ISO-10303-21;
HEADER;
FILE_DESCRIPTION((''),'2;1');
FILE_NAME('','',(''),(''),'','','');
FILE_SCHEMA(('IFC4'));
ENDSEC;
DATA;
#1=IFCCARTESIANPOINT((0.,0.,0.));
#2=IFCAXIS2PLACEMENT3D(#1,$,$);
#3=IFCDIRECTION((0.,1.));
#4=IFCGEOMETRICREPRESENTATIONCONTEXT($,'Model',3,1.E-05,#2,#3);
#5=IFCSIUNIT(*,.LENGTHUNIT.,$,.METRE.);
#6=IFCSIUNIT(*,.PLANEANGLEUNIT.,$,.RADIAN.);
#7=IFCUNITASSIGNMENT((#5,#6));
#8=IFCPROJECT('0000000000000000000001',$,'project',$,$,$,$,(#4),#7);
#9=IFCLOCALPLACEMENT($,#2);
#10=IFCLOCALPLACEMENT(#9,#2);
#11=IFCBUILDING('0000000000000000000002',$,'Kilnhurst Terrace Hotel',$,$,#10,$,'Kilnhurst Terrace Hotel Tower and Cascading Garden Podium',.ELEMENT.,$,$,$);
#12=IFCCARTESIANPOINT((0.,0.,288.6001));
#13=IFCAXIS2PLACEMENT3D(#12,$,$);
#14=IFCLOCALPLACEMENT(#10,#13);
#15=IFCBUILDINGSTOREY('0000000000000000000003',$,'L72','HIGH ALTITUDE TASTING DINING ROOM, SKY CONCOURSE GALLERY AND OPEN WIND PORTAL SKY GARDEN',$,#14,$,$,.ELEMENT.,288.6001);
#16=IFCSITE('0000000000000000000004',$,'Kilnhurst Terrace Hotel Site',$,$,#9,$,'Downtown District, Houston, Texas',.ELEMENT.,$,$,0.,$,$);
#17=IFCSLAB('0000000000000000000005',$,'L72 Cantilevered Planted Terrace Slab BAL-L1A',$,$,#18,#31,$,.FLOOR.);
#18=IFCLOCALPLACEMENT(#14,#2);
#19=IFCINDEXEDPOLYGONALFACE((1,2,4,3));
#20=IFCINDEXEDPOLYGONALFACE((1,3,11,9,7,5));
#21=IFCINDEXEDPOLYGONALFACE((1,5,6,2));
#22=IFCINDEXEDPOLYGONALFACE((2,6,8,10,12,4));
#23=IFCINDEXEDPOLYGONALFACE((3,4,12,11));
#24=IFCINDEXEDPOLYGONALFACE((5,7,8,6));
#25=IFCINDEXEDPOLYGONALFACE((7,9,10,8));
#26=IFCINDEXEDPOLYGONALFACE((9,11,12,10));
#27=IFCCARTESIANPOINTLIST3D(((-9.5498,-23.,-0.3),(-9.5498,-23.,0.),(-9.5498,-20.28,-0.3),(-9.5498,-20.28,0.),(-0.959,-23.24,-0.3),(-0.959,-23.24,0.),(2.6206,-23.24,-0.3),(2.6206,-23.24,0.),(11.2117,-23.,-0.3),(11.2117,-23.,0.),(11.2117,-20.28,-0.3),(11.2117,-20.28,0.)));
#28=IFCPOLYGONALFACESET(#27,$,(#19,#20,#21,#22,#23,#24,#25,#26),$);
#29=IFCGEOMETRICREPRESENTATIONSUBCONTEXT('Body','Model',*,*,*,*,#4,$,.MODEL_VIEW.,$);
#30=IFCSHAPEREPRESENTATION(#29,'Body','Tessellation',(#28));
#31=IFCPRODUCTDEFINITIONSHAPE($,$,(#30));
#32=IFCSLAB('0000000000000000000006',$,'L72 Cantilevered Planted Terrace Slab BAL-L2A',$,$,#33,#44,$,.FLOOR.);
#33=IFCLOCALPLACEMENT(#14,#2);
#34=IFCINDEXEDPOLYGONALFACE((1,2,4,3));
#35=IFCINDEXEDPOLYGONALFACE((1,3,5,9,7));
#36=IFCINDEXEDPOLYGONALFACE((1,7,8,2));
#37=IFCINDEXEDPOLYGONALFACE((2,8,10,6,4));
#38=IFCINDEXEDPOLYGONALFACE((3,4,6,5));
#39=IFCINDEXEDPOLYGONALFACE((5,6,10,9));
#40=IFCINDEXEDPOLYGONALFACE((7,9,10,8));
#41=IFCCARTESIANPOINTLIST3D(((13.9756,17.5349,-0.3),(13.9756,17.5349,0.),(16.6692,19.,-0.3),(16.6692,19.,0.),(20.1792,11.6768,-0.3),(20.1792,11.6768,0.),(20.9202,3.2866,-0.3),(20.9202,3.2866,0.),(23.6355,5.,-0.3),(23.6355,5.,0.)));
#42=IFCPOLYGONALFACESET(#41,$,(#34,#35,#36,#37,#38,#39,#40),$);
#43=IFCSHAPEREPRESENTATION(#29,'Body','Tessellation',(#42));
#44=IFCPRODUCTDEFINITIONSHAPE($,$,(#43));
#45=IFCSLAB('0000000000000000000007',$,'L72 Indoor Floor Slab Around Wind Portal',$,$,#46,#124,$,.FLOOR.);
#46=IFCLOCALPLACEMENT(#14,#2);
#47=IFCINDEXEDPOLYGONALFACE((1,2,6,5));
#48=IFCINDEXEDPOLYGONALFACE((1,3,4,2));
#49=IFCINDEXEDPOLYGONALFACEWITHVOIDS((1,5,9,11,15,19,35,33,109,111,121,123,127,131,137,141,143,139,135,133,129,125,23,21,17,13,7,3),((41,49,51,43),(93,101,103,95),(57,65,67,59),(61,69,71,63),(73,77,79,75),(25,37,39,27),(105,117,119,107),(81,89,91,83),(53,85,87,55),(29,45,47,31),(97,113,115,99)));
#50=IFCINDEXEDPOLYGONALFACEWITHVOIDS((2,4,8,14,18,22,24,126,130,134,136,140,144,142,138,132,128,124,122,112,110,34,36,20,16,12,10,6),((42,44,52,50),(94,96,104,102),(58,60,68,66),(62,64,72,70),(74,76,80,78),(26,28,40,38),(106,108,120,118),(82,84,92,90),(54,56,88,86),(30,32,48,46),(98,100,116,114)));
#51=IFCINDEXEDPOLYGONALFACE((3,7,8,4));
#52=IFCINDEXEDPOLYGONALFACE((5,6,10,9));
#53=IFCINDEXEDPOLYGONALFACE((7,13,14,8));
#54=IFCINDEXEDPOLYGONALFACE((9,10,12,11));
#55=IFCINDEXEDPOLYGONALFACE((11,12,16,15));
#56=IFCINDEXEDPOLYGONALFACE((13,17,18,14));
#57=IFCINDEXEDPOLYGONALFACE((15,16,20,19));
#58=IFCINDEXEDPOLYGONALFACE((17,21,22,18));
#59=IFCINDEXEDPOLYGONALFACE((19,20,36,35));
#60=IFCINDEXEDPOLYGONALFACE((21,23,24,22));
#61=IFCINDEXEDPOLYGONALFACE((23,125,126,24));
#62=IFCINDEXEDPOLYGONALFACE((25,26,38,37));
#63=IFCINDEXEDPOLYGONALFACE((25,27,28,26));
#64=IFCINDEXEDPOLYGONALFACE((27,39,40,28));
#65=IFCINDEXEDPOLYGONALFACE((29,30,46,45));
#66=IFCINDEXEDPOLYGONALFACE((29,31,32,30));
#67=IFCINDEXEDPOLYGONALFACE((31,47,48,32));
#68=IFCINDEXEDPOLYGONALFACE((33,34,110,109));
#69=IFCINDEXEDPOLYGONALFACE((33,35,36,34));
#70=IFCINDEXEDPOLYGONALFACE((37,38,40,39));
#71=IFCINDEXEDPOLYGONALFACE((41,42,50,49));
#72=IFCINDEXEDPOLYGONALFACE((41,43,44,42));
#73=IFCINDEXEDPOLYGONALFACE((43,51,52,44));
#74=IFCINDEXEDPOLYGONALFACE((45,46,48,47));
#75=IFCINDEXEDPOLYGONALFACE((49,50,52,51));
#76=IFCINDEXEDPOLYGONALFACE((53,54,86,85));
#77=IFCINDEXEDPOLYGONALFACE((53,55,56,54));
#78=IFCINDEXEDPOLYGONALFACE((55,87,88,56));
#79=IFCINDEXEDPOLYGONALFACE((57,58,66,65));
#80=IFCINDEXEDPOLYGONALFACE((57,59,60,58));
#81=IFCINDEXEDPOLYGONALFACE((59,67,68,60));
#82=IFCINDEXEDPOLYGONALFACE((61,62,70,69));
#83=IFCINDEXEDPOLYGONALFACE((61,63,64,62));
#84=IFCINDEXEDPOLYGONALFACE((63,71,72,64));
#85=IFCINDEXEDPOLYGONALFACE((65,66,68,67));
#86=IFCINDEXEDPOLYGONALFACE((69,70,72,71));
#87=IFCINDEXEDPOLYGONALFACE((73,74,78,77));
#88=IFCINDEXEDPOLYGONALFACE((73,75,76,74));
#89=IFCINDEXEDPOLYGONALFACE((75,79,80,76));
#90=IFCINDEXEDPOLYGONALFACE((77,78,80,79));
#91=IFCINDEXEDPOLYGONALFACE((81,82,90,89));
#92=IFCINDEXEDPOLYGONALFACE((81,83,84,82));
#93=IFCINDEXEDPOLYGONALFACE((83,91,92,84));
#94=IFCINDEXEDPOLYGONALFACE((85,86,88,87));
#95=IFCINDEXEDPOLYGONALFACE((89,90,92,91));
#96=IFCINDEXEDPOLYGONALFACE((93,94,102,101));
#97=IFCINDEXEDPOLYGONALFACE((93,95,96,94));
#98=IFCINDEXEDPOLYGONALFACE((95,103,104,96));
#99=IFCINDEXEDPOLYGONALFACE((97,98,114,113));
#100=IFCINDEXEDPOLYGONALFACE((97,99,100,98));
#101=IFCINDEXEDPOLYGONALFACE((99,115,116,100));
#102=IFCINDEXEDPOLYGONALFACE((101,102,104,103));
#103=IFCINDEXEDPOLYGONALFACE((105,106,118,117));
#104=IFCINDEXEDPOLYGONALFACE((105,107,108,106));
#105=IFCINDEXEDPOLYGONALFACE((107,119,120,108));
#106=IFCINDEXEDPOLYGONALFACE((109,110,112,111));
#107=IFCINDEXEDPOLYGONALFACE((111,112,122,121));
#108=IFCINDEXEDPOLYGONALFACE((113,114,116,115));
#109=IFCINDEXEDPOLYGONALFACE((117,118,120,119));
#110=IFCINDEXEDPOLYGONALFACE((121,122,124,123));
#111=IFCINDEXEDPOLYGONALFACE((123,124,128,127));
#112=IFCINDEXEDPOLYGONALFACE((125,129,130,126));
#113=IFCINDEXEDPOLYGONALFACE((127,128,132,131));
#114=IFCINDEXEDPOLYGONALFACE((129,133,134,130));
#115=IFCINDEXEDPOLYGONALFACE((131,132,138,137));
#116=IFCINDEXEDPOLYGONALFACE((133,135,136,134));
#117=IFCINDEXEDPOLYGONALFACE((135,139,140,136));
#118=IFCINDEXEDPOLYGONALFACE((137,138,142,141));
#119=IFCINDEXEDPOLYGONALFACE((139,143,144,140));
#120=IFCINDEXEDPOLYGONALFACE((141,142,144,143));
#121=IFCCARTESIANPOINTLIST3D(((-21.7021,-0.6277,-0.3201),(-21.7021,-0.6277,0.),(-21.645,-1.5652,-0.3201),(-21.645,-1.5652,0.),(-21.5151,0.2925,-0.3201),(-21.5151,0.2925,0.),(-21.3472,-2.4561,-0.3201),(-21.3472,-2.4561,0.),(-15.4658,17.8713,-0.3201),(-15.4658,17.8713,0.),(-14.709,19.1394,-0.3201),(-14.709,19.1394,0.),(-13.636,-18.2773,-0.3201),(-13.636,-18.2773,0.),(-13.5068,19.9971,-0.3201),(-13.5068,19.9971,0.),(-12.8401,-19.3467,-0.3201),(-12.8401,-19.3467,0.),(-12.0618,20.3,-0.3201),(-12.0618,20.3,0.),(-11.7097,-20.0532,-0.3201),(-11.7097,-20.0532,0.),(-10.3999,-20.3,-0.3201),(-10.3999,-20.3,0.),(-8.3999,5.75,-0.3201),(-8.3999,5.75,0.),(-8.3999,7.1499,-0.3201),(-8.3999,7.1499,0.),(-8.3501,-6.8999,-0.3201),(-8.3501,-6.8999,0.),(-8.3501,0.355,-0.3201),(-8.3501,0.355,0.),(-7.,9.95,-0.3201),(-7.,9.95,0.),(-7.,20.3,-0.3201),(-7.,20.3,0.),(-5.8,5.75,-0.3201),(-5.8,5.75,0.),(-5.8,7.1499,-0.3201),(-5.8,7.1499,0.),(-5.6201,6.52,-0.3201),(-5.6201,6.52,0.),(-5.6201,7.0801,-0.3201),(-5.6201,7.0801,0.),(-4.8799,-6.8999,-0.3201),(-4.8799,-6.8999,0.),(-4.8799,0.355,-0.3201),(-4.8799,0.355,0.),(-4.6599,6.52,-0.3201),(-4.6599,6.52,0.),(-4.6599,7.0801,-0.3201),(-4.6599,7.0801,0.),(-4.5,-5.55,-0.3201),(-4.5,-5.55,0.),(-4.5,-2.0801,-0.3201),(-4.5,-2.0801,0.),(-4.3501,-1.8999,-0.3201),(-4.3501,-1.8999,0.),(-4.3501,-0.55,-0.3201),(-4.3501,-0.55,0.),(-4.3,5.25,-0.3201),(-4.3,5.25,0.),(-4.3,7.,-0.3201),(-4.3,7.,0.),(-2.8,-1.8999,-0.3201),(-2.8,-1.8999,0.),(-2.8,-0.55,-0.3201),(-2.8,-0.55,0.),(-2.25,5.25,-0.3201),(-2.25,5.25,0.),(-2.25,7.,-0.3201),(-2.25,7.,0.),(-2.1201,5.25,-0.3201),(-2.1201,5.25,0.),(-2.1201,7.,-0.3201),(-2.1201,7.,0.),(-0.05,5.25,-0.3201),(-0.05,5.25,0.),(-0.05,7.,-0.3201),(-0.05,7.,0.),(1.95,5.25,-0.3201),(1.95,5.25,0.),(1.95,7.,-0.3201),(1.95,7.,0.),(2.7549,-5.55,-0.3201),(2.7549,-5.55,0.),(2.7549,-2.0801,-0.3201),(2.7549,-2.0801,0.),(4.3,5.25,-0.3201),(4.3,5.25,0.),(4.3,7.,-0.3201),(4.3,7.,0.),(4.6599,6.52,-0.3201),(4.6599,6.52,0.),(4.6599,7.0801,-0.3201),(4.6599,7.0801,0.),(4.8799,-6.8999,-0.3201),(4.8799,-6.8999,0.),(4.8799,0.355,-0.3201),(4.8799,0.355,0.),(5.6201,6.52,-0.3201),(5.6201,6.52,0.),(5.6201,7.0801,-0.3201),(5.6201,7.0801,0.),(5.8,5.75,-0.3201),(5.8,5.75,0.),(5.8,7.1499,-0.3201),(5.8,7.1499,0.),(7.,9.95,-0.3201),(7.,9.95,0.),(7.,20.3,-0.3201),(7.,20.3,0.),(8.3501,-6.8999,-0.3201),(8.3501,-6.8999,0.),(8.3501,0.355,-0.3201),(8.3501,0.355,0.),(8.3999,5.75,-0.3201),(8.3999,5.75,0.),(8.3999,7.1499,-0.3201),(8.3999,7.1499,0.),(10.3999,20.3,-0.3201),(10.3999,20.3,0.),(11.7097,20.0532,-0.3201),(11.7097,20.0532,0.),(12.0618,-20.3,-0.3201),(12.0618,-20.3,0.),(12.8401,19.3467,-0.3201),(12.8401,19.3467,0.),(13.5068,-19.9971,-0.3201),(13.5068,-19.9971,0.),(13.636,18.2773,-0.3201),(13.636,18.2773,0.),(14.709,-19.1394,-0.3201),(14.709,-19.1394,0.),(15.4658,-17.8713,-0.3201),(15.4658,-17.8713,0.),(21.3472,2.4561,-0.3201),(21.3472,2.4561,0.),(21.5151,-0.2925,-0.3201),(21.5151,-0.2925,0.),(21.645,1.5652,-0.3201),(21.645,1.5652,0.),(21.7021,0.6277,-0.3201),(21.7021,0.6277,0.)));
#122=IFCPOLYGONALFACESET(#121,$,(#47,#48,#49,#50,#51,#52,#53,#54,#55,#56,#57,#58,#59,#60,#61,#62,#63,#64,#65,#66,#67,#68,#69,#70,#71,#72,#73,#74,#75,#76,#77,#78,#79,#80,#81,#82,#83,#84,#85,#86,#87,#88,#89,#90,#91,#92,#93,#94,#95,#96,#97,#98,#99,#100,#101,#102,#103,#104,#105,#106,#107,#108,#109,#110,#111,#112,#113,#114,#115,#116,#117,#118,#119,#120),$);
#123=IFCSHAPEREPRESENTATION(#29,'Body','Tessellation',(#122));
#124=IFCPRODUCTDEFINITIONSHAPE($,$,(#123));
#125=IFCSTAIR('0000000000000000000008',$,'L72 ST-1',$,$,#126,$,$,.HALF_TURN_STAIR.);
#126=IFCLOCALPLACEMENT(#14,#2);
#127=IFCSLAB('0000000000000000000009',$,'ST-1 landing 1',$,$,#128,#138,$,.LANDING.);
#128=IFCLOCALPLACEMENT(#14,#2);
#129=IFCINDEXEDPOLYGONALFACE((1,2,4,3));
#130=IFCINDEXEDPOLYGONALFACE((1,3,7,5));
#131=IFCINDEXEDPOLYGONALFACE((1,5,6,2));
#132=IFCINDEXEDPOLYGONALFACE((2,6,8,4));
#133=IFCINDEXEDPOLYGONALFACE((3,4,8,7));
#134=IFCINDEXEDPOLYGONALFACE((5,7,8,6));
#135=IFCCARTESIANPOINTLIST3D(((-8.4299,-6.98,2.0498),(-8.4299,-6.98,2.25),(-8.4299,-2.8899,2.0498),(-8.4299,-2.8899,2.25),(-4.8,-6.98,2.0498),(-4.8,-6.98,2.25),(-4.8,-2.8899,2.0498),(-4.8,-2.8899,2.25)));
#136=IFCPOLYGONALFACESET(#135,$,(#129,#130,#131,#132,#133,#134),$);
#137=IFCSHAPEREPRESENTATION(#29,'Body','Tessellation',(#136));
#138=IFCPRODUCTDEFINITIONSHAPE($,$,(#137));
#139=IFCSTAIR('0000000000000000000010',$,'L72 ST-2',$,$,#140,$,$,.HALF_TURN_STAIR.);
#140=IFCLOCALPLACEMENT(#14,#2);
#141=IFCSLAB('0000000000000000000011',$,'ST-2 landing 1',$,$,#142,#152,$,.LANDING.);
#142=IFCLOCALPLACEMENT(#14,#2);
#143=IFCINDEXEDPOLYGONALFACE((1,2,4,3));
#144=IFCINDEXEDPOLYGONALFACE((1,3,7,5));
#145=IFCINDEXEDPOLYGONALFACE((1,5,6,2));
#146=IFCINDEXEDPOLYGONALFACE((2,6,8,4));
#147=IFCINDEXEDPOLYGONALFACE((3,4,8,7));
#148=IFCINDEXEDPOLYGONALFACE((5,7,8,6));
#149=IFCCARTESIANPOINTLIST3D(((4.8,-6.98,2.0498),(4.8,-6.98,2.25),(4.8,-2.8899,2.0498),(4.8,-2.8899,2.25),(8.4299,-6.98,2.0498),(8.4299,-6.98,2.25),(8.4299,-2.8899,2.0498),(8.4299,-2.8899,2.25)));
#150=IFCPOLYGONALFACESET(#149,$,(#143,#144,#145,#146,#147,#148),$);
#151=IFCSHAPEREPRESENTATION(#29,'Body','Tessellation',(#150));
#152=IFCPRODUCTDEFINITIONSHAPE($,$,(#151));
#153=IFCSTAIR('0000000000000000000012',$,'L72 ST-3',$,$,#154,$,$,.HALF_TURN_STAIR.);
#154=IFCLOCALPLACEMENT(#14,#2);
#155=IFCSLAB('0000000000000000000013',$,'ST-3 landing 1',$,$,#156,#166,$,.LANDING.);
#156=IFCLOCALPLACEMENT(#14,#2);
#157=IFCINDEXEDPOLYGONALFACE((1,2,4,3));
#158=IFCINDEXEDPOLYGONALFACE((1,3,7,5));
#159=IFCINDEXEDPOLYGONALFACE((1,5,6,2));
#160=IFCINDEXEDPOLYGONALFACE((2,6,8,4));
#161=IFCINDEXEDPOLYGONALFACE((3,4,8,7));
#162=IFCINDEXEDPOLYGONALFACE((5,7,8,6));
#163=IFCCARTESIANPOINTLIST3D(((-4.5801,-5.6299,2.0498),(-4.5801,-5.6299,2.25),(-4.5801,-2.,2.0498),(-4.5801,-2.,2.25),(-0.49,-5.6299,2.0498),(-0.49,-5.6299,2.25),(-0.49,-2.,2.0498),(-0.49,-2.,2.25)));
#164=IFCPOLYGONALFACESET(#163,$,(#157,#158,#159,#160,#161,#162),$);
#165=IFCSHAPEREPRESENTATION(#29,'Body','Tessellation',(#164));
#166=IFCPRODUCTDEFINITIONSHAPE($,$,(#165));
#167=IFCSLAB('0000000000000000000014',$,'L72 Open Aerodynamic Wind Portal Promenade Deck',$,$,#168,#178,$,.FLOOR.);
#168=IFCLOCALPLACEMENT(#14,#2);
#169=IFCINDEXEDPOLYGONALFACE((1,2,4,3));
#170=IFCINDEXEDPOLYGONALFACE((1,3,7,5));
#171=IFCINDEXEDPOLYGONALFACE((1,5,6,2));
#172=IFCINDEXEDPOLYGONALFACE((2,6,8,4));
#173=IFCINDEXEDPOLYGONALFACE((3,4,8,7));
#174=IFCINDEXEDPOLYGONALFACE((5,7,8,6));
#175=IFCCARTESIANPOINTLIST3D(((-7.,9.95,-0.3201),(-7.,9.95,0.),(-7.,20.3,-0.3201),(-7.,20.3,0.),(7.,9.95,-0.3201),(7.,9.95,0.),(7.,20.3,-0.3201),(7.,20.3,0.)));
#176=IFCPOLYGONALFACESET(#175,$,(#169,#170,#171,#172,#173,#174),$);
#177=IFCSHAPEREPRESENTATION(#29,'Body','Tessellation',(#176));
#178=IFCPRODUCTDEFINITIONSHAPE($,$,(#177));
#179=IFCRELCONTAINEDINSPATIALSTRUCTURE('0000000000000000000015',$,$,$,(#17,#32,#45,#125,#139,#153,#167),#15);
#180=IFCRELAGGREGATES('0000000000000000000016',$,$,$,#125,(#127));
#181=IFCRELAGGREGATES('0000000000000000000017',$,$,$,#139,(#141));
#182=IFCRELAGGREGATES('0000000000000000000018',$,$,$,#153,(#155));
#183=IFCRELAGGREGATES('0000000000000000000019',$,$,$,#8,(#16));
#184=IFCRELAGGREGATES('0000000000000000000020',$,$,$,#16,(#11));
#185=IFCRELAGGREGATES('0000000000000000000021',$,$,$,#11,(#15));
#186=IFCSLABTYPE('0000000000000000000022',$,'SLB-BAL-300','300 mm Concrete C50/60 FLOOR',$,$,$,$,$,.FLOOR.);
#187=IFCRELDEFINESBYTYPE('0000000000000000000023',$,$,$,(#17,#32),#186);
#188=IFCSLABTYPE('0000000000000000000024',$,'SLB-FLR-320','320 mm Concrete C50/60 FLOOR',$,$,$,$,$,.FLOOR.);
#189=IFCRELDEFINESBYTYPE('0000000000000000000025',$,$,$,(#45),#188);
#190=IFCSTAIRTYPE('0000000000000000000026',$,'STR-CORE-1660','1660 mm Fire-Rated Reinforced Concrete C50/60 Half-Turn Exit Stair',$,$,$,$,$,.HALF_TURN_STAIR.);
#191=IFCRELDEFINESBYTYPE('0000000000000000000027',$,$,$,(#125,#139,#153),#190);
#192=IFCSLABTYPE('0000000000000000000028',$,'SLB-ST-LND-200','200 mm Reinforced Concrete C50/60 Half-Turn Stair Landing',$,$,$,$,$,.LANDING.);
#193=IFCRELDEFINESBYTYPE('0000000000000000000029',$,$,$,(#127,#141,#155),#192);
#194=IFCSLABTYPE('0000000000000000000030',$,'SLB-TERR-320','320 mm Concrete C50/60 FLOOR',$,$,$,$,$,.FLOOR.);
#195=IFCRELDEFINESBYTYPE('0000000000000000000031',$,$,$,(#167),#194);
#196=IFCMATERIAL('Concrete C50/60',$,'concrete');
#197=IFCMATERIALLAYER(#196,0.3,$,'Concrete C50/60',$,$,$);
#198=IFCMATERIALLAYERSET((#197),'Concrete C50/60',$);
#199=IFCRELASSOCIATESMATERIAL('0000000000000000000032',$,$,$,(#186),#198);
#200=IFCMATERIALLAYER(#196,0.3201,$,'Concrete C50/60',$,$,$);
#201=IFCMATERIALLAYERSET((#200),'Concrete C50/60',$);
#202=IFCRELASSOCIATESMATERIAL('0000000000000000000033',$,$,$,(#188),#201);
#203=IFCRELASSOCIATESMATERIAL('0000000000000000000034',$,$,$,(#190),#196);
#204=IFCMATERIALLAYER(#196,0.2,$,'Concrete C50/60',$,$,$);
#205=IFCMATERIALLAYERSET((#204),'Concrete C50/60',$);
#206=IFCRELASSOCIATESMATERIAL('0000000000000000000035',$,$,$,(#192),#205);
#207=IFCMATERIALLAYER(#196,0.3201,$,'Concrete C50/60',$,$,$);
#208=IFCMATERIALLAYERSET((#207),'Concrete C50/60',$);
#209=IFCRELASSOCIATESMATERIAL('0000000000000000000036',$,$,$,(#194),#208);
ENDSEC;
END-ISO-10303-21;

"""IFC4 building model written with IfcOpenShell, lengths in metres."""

from ifc_helpers import new_model, si_unit, direction, frame, origin, place, context, subcontext, project, spatial, polyline, outline, extrude, material, layer, layer_set, type_object, element, aggregate, save


model = new_model("IFC4")

# Units and contexts
model_context = context("Model", 3, precision=1e-05, world=origin(), true_north=direction((0.0, 1.0)))
body_context = subcontext(model_context, "Body", "Model", "MODEL_VIEW")
ifc_project = project(units=[si_unit("LENGTHUNIT", "METRE"), si_unit("PLANEANGLEUNIT", "RADIAN")], contexts=[model_context])

# Site, building, storey
site_placement = place(None, origin())
site = spatial("IfcSite", under=ifc_project, at=site_placement, Name="Kilnhurst Terrace Hotel Site", LongName="Downtown District, Houston, Texas", CompositionType="ELEMENT", RefElevation=0.0)
building_placement = place(site_placement, origin())
building = spatial("IfcBuilding", under=site, at=building_placement, Name="Kilnhurst Terrace Hotel", LongName="Kilnhurst Terrace Hotel Tower and Cascading Garden Podium", CompositionType="ELEMENT")
storey_placement = place(building_placement, frame((0.0, 0.0, 288.6001)))
storey = spatial("IfcBuildingStorey", under=building, at=storey_placement, Name="L72", Description="HIGH ALTITUDE TASTING DINING ROOM, SKY CONCOURSE GALLERY AND OPEN WIND PORTAL SKY GARDEN", CompositionType="ELEMENT", Elevation=288.6001)

# Slabs
ifc_material_1 = material(Name="Concrete C50/60", Category="concrete")
ifc_layer_1 = layer(ifc_material_1, 0.3, Name="Concrete C50/60")
ifc_layer_set_1 = layer_set([ifc_layer_1], Name="Concrete C50/60")
slab_type_1 = type_object("IfcSlabType", Name="SLB-BAL-300", Description="300 mm Concrete C50/60 FLOOR", PredefinedType="FLOOR", material=ifc_layer_set_1)
slab_1_placement = place(storey_placement, frame((0.0, 0.0, -0.3)))
element("IfcSlab", 1, at=slab_1_placement, inside=storey, type_object=slab_type_1, Name="L72 Cantilevered Planted Terrace Slab BAL-L1A", PredefinedType="FLOOR", context=body_context, shape_type="SweptSolid", body=[
    extrude(outline(polyline([(2.6206, -23.24), (-0.959, -23.24), (-9.5498, -23.0), (-9.5498, -20.28), (11.2117, -20.28), (11.2117, -23.0), (2.6206, -23.24)])), origin(), (0.0, 0.0, 1.0), 0.3),
])
slab_2_placement = place(storey_placement, frame((0.0, 0.0, -0.3)))
element("IfcSlab", 2, at=slab_2_placement, inside=storey, type_object=slab_type_1, Name="L72 Cantilevered Planted Terrace Slab BAL-L2A", PredefinedType="FLOOR", context=body_context, shape_type="SweptSolid", body=[
    extrude(outline(polyline([(23.6355, 5.0), (20.9202, 3.2866), (13.9756, 17.5349), (16.6692, 19.0), (20.1792, 11.6768), (23.6355, 5.0)])), origin(), (0.0, 0.0, 1.0), 0.3),
])
ifc_layer_2 = layer(ifc_material_1, 0.3201, Name="Concrete C50/60")
ifc_layer_set_2 = layer_set([ifc_layer_2], Name="Concrete C50/60")
slab_type_2 = type_object("IfcSlabType", Name="SLB-FLR-320", Description="320 mm Concrete C50/60 FLOOR", PredefinedType="FLOOR", material=ifc_layer_set_2)
slab_3_placement = place(storey_placement, frame((0.0, 0.0, -0.3201)))
element("IfcSlab", 3, at=slab_3_placement, inside=storey, type_object=slab_type_2, Name="L72 Indoor Floor Slab Around Wind Portal", PredefinedType="FLOOR", context=body_context, shape_type="SweptSolid", body=[
    extrude(outline(polyline([(10.3999, 20.3), (11.7097, 20.0532), (12.8401, 19.3467), (13.636, 18.2773), (21.3472, 2.4561), (21.645, 1.5652), (21.7021, 0.6277), (21.5151, -0.2925), (15.4658, -17.8713), (14.709, -19.1394), (13.5068, -19.9971), (12.0618, -20.3), (-10.3999, -20.3), (-11.7097, -20.0532), (-12.8401, -19.3467), (-13.636, -18.2773), (-21.3472, -2.4561), (-21.645, -1.5652), (-21.7021, -0.6277), (-21.5151, 0.2925), (-15.4658, 17.8713), (-14.709, 19.1394), (-13.5068, 19.9971), (-12.0618, 20.3), (-7.0, 20.3), (-7.0, 9.95), (7.0, 9.95), (7.0, 20.3), (10.3999, 20.3)]), holes=[polyline([(-4.8799, 0.355), (-4.8799, -6.8999), (-8.3501, -6.8999), (-8.3501, 0.355), (-4.8799, 0.355)]), polyline([(-4.3501, -1.8999), (-4.3501, -0.55), (-2.8, -0.55), (-2.8, -1.8999), (-4.3501, -1.8999)]), polyline([(-4.3, 5.25), (-4.3, 7.0), (-2.25, 7.0), (-2.25, 5.25), (-4.3, 5.25)]), polyline([(-2.1201, 7.0), (-0.05, 7.0), (-0.05, 5.25), (-2.1201, 5.25), (-2.1201, 7.0)]), polyline([(-8.3999, 7.1499), (-5.8, 7.1499), (-5.8, 5.75), (-8.3999, 5.75), (-8.3999, 7.1499)]), polyline([(-5.6201, 6.52), (-5.6201, 7.0801), (-4.6599, 7.0801), (-4.6599, 6.52), (-5.6201, 6.52)]), polyline([(-4.5, -5.55), (-4.5, -2.0801), (2.7549, -2.0801), (2.7549, -5.55), (-4.5, -5.55)]), polyline([(8.3501, -6.8999), (4.8799, -6.8999), (4.8799, 0.355), (8.3501, 0.355), (8.3501, -6.8999)]), polyline([(1.95, 5.25), (1.95, 7.0), (4.3, 7.0), (4.3, 5.25), (1.95, 5.25)]), polyline([(5.8, 7.1499), (8.3999, 7.1499), (8.3999, 5.75), (5.8, 5.75), (5.8, 7.1499)]), polyline([(4.6599, 7.0801), (5.6201, 7.0801), (5.6201, 6.52), (4.6599, 6.52), (4.6599, 7.0801)])]), origin(), (0.0, 0.0, 1.0), 0.3201),
])

# Stairs, slabs
stair_type = type_object("IfcStairType", Name="STR-CORE-1660", Description="1660 mm Fire-Rated Reinforced Concrete C50/60 Half-Turn Exit Stair", PredefinedType="HALF_TURN_STAIR", material=ifc_material_1)
stair_1_placement = place(storey_placement, origin())
stair_1 = element("IfcStair", 4, at=stair_1_placement, inside=storey, type_object=stair_type, Name="L72 ST-1", PredefinedType="HALF_TURN_STAIR")
ifc_layer_3 = layer(ifc_material_1, 0.2, Name="Concrete C50/60")
ifc_layer_set_3 = layer_set([ifc_layer_3], Name="Concrete C50/60")
slab_type_3 = type_object("IfcSlabType", Name="SLB-ST-LND-200", Description="200 mm Reinforced Concrete C50/60 Half-Turn Stair Landing", PredefinedType="LANDING", material=ifc_layer_set_3)
slab_4_placement = place(storey_placement, frame((0.0, 0.0, 2.0498)))
slab_4 = element("IfcSlab", 5, at=slab_4_placement, type_object=slab_type_3, Name="ST-1 landing 1", PredefinedType="LANDING", context=body_context, shape_type="SweptSolid", body=[
    extrude(outline(polyline([(-8.4299, -2.8899), (-4.8, -2.8899), (-4.8, -6.98), (-8.4299, -6.98), (-8.4299, -2.8899)])), origin(), (0.0, 0.0, 1.0), 0.2002),
])
aggregate(stair_1, [slab_4])
stair_2_placement = place(storey_placement, origin())
stair_2 = element("IfcStair", 6, at=stair_2_placement, inside=storey, type_object=stair_type, Name="L72 ST-2", PredefinedType="HALF_TURN_STAIR")
slab_5_placement = place(storey_placement, frame((0.0, 0.0, 2.0498)))
slab_5 = element("IfcSlab", 7, at=slab_5_placement, type_object=slab_type_3, Name="ST-2 landing 1", PredefinedType="LANDING", context=body_context, shape_type="SweptSolid", body=[
    extrude(outline(polyline([(4.8, -2.8899), (8.4299, -2.8899), (8.4299, -6.98), (4.8, -6.98), (4.8, -2.8899)])), origin(), (0.0, 0.0, 1.0), 0.2002),
])
aggregate(stair_2, [slab_5])
stair_3_placement = place(storey_placement, origin())
stair_3 = element("IfcStair", 8, at=stair_3_placement, inside=storey, type_object=stair_type, Name="L72 ST-3", PredefinedType="HALF_TURN_STAIR")
slab_6_placement = place(storey_placement, frame((0.0, 0.0, 2.0498)))
slab_6 = element("IfcSlab", 9, at=slab_6_placement, type_object=slab_type_3, Name="ST-3 landing 1", PredefinedType="LANDING", context=body_context, shape_type="SweptSolid", body=[
    extrude(outline(polyline([(-0.49, -2.0), (-0.49, -5.6299), (-4.5801, -5.6299), (-4.5801, -2.0), (-0.49, -2.0)])), origin(), (0.0, 0.0, 1.0), 0.2002),
])

# Slab
ifc_layer_4 = layer(ifc_material_1, 0.3201, Name="Concrete C50/60")
ifc_layer_set_4 = layer_set([ifc_layer_4], Name="Concrete C50/60")
slab_type_4 = type_object("IfcSlabType", Name="SLB-TERR-320", Description="320 mm Concrete C50/60 FLOOR", PredefinedType="FLOOR", material=ifc_layer_set_4)
slab_7_placement = place(storey_placement, frame((0.0, 0.0, -0.3201)))
element("IfcSlab", 10, at=slab_7_placement, inside=storey, type_object=slab_type_4, Name="L72 Open Aerodynamic Wind Portal Promenade Deck", PredefinedType="FLOOR", context=body_context, shape_type="SweptSolid", body=[
    extrude(outline(polyline([(7.0, 20.3), (7.0, 9.95), (-7.0, 9.95), (-7.0, 20.3), (7.0, 20.3)])), origin(), (0.0, 0.0, 1.0), 0.3201),
])

aggregate(stair_3, [slab_6])

save(model, "model.ifc")
